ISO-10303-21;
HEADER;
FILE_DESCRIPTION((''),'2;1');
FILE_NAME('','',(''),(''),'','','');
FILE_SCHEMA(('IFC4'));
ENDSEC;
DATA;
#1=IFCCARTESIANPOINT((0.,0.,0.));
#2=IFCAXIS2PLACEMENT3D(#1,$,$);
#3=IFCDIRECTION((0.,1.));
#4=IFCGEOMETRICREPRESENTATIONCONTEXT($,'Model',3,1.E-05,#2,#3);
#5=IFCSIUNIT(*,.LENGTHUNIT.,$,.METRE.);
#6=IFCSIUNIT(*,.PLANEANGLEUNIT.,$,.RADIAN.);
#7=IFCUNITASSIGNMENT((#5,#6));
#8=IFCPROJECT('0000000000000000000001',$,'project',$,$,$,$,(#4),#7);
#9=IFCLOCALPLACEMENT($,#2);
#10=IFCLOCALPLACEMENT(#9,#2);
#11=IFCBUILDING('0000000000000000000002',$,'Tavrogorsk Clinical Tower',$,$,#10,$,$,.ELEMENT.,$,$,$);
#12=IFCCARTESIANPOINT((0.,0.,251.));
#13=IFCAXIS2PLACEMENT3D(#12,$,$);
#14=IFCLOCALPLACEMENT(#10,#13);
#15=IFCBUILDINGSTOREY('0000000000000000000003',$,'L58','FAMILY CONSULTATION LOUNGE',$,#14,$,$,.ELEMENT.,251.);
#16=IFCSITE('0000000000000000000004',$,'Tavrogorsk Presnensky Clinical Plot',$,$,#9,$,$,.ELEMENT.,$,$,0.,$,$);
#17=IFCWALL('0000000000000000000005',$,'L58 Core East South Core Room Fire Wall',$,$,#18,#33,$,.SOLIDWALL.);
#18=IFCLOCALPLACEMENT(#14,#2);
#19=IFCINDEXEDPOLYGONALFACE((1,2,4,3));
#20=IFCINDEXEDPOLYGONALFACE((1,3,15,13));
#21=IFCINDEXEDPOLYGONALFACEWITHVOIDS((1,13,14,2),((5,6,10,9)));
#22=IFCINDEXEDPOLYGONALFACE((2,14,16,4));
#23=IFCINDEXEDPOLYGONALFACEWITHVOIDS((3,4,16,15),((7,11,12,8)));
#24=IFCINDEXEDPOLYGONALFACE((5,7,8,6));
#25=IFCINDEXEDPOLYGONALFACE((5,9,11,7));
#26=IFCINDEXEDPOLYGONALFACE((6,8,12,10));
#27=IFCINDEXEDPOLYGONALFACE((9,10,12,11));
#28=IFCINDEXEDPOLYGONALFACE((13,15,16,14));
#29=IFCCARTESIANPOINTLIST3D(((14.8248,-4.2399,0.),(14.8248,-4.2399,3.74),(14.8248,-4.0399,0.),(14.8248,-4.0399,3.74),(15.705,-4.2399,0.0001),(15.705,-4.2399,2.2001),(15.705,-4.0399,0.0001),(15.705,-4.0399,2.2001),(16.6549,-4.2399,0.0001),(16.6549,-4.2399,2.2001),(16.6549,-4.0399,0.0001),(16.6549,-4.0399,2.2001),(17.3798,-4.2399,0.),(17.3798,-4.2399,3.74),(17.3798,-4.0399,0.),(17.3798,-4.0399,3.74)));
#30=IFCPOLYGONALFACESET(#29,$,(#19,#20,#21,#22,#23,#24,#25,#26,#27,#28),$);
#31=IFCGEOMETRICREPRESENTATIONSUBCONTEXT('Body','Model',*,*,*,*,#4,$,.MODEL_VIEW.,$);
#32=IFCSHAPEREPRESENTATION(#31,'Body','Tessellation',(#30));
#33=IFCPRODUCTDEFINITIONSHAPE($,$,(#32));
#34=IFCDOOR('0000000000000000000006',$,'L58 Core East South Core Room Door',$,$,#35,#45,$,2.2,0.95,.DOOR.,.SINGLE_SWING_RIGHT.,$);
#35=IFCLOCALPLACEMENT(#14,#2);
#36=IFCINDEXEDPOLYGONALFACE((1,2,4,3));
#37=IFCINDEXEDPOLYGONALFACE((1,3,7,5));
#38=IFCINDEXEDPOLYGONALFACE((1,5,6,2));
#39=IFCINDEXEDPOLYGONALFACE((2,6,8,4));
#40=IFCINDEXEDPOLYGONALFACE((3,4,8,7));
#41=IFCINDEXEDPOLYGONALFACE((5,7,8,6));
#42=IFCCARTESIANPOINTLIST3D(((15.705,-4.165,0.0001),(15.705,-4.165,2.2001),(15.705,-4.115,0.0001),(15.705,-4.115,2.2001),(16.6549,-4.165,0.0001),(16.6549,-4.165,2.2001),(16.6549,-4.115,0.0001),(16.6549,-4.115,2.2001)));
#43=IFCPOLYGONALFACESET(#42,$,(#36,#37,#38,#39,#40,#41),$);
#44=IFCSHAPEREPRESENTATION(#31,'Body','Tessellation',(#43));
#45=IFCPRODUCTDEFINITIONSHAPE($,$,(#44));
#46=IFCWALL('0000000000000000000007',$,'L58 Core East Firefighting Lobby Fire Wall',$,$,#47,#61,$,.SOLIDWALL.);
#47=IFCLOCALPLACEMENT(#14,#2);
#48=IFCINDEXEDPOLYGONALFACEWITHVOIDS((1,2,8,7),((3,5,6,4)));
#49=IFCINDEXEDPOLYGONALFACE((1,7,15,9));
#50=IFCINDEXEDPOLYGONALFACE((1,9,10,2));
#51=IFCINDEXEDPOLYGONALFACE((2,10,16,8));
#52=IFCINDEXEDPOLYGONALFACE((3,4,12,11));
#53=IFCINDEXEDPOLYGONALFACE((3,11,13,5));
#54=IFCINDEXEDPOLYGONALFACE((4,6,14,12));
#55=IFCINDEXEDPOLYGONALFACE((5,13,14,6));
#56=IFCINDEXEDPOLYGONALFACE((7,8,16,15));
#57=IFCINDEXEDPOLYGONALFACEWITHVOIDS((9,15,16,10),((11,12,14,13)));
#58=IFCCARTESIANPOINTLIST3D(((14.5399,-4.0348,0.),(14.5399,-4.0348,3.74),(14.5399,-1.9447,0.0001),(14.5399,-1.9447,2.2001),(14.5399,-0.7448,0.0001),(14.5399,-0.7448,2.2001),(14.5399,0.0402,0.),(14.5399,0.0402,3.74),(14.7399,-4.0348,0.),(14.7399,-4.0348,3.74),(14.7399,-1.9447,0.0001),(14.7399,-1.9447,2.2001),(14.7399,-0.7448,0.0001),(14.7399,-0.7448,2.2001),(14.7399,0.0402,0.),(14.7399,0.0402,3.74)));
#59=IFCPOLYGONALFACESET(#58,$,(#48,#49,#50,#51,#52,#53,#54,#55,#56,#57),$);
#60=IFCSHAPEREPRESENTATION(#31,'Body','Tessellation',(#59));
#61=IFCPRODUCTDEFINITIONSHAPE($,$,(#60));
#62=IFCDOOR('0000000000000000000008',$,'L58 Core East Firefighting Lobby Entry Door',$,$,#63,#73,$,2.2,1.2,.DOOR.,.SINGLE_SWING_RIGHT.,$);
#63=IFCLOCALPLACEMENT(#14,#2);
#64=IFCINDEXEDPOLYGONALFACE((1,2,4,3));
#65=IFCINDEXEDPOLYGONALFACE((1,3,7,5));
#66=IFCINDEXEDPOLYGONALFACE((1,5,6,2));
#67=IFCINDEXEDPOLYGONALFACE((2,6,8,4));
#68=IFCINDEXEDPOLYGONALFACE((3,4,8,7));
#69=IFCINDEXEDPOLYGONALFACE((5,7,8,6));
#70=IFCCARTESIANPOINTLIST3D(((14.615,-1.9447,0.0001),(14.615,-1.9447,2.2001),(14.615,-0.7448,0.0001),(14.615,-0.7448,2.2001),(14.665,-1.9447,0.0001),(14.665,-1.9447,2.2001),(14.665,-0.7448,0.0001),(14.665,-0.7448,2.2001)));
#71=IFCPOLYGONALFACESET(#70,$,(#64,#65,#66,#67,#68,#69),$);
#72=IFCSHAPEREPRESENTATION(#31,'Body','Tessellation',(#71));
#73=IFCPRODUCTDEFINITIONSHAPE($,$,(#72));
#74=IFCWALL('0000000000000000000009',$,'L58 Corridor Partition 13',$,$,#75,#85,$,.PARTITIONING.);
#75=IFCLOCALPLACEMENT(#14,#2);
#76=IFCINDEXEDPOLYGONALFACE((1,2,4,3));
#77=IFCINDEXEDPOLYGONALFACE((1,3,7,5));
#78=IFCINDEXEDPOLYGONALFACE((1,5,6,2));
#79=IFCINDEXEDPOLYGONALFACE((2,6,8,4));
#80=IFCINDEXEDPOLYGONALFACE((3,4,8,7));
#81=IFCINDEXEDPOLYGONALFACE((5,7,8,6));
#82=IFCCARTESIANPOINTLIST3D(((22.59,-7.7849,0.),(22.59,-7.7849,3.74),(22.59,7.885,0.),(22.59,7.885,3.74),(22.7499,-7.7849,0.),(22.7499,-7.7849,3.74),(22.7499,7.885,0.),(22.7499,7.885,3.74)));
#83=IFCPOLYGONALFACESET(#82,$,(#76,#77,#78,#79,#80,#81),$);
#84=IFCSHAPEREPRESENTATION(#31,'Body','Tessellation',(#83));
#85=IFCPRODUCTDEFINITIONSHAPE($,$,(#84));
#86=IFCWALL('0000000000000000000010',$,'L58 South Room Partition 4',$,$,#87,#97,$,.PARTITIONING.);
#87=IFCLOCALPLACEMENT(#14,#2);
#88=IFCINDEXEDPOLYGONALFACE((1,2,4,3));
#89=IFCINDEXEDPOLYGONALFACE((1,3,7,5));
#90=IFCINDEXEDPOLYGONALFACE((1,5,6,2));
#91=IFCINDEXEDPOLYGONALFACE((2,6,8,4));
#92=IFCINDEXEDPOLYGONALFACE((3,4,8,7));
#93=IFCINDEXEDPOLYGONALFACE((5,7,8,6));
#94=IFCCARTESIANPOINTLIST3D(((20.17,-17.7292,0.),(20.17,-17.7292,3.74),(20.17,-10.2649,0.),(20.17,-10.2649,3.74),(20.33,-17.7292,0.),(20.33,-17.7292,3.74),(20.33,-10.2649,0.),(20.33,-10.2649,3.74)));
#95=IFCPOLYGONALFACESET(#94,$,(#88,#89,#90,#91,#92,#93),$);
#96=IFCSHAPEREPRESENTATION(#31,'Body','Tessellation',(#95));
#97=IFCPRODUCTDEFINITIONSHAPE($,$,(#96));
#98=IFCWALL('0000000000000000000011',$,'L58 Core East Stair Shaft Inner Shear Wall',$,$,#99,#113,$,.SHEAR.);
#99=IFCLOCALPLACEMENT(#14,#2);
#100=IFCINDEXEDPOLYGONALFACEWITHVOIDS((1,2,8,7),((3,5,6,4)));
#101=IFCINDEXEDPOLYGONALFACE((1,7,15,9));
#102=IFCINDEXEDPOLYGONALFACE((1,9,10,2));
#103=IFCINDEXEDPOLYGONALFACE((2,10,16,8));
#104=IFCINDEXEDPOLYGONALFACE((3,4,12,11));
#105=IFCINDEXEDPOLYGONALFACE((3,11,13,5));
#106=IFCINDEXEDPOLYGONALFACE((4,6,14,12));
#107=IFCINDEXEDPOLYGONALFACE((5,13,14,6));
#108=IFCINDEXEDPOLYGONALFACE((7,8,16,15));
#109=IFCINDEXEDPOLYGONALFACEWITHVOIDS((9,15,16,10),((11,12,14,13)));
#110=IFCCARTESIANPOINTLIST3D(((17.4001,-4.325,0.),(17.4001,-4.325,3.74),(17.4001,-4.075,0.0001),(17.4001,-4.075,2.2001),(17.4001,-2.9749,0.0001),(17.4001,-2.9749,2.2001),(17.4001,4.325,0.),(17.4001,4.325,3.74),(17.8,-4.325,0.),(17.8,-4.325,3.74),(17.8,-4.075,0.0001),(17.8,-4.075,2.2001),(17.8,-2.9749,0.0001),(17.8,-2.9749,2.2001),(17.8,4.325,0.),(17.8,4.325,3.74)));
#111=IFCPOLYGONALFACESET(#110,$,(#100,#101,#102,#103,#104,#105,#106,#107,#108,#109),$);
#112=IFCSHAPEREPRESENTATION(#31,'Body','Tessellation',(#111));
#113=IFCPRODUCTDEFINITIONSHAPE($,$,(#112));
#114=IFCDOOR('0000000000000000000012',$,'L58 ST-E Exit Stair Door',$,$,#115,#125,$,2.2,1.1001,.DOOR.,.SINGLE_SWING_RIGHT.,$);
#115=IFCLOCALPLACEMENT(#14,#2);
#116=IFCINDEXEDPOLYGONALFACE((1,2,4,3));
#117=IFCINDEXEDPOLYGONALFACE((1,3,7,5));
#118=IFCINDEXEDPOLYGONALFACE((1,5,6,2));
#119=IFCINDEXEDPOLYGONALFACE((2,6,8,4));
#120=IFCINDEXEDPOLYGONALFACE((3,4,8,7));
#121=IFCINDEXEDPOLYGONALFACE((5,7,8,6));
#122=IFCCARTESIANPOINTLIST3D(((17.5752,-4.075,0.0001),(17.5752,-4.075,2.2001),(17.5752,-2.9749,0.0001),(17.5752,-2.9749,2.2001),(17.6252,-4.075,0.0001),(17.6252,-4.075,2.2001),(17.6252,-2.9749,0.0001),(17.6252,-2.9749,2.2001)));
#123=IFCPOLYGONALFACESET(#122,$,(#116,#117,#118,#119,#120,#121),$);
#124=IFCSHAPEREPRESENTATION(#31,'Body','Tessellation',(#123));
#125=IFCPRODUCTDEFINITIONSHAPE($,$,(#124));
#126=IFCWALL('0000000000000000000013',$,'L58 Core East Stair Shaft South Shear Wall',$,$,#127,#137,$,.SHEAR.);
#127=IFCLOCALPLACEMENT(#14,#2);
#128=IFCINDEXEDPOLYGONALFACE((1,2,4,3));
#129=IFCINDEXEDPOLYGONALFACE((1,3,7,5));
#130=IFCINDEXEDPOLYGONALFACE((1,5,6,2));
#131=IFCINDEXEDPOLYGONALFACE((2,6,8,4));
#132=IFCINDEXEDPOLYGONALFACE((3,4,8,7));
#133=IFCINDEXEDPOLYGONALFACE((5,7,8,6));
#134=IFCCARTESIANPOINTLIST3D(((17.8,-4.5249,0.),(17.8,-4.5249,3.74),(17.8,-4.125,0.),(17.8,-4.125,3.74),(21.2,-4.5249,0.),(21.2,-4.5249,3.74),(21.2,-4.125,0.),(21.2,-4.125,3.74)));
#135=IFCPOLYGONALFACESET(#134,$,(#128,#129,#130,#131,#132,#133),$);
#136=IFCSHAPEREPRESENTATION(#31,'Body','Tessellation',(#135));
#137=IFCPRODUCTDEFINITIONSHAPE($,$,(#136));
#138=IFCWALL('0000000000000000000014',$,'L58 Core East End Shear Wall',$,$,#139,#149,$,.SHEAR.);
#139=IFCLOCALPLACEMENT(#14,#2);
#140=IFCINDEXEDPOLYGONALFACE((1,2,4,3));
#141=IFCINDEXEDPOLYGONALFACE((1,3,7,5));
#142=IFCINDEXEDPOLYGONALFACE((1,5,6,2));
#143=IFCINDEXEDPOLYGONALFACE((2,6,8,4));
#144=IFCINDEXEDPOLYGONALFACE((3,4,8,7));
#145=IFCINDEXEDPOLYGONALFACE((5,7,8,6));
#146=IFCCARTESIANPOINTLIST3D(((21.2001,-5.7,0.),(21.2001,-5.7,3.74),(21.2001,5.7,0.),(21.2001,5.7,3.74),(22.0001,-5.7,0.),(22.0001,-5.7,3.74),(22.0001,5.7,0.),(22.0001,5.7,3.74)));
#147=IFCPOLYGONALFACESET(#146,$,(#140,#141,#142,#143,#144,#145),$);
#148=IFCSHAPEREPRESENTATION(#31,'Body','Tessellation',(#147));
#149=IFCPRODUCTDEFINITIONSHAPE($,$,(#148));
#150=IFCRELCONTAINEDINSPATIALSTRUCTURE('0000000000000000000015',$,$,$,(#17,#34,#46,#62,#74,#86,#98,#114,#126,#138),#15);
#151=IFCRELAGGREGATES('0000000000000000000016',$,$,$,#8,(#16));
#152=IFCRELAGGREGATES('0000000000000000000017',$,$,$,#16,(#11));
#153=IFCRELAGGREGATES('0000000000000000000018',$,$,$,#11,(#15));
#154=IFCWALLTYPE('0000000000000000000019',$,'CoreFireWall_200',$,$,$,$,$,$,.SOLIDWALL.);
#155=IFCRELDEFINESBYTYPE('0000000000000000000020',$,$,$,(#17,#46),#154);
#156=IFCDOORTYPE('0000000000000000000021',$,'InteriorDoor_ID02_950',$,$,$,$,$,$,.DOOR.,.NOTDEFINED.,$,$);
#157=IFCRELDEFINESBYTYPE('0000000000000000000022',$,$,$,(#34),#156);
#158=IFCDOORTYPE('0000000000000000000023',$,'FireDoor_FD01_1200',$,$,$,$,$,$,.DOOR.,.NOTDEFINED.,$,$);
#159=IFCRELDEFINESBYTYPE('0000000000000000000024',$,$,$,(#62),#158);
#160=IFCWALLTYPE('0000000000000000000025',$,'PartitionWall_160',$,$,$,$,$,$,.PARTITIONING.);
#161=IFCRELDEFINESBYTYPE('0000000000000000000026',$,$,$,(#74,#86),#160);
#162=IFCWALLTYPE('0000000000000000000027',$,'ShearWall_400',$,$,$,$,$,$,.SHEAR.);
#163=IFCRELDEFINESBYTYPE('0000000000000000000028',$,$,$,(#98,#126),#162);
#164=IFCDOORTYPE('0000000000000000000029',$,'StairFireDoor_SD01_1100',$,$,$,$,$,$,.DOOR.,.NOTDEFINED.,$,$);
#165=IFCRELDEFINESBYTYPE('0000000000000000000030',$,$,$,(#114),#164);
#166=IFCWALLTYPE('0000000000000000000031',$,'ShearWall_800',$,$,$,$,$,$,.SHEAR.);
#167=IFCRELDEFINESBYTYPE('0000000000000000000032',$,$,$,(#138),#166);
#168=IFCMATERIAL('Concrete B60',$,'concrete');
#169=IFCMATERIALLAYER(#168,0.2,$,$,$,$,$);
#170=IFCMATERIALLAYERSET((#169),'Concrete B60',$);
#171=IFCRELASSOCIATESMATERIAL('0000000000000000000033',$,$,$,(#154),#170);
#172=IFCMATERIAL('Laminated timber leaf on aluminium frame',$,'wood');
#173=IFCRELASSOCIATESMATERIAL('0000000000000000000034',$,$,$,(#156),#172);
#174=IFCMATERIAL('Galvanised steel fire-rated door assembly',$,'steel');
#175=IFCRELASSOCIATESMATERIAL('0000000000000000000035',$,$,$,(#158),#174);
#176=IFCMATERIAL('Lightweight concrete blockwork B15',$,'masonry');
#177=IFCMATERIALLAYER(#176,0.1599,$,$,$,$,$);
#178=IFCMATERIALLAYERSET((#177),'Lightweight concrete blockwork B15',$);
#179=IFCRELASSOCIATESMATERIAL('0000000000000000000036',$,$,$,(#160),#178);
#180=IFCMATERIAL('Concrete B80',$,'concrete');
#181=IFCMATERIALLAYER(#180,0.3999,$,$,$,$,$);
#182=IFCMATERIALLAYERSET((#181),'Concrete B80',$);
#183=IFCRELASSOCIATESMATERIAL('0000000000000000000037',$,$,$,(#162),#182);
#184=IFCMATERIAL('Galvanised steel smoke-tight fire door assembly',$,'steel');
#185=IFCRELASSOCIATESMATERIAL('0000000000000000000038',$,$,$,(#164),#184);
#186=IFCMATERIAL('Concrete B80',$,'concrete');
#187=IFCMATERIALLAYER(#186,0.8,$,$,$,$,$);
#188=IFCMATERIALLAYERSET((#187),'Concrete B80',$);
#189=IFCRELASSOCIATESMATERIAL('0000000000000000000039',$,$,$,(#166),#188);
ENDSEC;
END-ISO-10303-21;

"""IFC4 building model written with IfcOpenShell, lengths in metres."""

from ifc_helpers import new_model, si_unit, direction, frame, frame_2d, origin, place, context, subcontext, project, spatial, rectangle, extrude, material, layer, layer_set, type_object, element, fill, save


model = new_model("IFC4")

# Units and contexts
model_context = context("Model", 3, precision=1e-05, world=origin(), true_north=direction((0.0, 1.0)))
body_context = subcontext(model_context, "Body", "Model", "MODEL_VIEW")
ifc_project = project(units=[si_unit("LENGTHUNIT", "METRE"), si_unit("PLANEANGLEUNIT", "RADIAN")], contexts=[model_context])

# Site, building, storey
site_placement = place(None, origin())
site = spatial("IfcSite", under=ifc_project, at=site_placement, Name="Tavrogorsk Presnensky Clinical Plot", CompositionType="ELEMENT", RefElevation=0.0)
building_placement = place(site_placement, origin())
building = spatial("IfcBuilding", under=site, at=building_placement, Name="Tavrogorsk Clinical Tower", CompositionType="ELEMENT")
storey_placement = place(building_placement, frame((0.0, 0.0, 251.0)))
storey = spatial("IfcBuildingStorey", under=building, at=storey_placement, Name="L58", Description="FAMILY CONSULTATION LOUNGE", CompositionType="ELEMENT", Elevation=251.0)

# Walls, openings, doors
ifc_material_1 = material(Name="Concrete B60", Category="concrete")
ifc_layer_1 = layer(ifc_material_1, 0.2)
ifc_layer_set_1 = layer_set([ifc_layer_1], Name="Concrete B60")
wall_type_1 = type_object("IfcWallType", Name="CoreFireWall_200", PredefinedType="SOLIDWALL", material=ifc_layer_set_1)
wall_1_placement = place(storey_placement, frame((14.825, -4.1399, 0.0), z_axis=(0.0, 0.0, 1.0), x_axis=(1.0, 0.0, 0.0)))
wall_1 = element("IfcWall", 1, at=wall_1_placement, inside=storey, type_object=wall_type_1, Name="L58 Core East South Core Room Fire Wall", PredefinedType="SOLIDWALL", context=body_context, shape_type="SweptSolid", body=[
    extrude(rectangle(XDim=2.5549, YDim=0.2, at=frame_2d((1.2773, 0.0))), origin(), (0.0, 0.0, 1.0), 3.74),
])
opening_1_placement = place(wall_1_placement, frame((0.8799, 0.0, 0.0)))
opening_1 = element("IfcOpeningElement", 2, at=opening_1_placement, cuts=wall_1, PredefinedType="OPENING", context=body_context, shape_type="SweptSolid", body=[
    extrude(rectangle(XDim=0.95, YDim=2.2, at=frame_2d((0.4751, 1.1001))), frame((0.0, 0.1099, 0.0), z_axis=(0.0, -1.0, 0.0), x_axis=(1.0, 0.0, 0.0)), (0.0, 0.0, 1.0), 0.22),
])
ifc_material_2 = material(Name="Laminated timber leaf on aluminium frame", Category="wood")
door_type_1 = type_object("IfcDoorType", Name="InteriorDoor_ID02_950", OperationType="NOTDEFINED", PredefinedType="DOOR", material=ifc_material_2)
door_1_placement = place(opening_1_placement, origin())
door_1 = element("IfcDoor", 3, at=door_1_placement, inside=storey, type_object=door_type_1, Name="L58 Core East South Core Room Door", OperationType="SINGLE_SWING_RIGHT", OverallHeight=2.2, OverallWidth=0.95, PredefinedType="DOOR", context=body_context, shape_type="SweptSolid", body=[
    extrude(rectangle(XDim=0.95, YDim=2.2, at=frame_2d((0.4751, 1.1001))), frame((0.0, 0.0249, 0.0), z_axis=(0.0, -1.0, 0.0), x_axis=(1.0, 0.0, 0.0)), (0.0, 0.0, 1.0), 0.05),
])
fill(opening_1, door_1)
wall_2_placement = place(storey_placement, frame((14.6399, -4.0349, 0.0), z_axis=(0.0, 0.0, 1.0), x_axis=(0.0, 1.0, 0.0)))
wall_2 = element("IfcWall", 4, at=wall_2_placement, inside=storey, type_object=wall_type_1, Name="L58 Core East Firefighting Lobby Fire Wall", PredefinedType="SOLIDWALL", context=body_context, shape_type="SweptSolid", body=[
    extrude(rectangle(XDim=4.075, YDim=0.2, at=frame_2d((2.0376, 0.0))), origin(), (0.0, 0.0, 1.0), 3.74),
])
opening_2_placement = place(wall_2_placement, frame((2.0901, 0.0, 0.0)))
opening_2 = element("IfcOpeningElement", 5, at=opening_2_placement, cuts=wall_2, PredefinedType="OPENING", context=body_context, shape_type="SweptSolid", body=[
    extrude(rectangle(XDim=1.2, YDim=2.2, at=frame_2d((0.6001, 1.1001))), frame((0.0, 0.1099, 0.0), z_axis=(0.0, -1.0, 0.0), x_axis=(1.0, 0.0, 0.0)), (0.0, 0.0, 1.0), 0.22),
])
ifc_material_3 = material(Name="Galvanised steel fire-rated door assembly", Category="steel")
door_type_2 = type_object("IfcDoorType", Name="FireDoor_FD01_1200", OperationType="NOTDEFINED", PredefinedType="DOOR", material=ifc_material_3)
door_2_placement = place(opening_2_placement, origin())
door_2 = element("IfcDoor", 6, at=door_2_placement, inside=storey, type_object=door_type_2, Name="L58 Core East Firefighting Lobby Entry Door", OperationType="SINGLE_SWING_RIGHT", OverallHeight=2.2, OverallWidth=1.2, PredefinedType="DOOR", context=body_context, shape_type="SweptSolid", body=[
    extrude(rectangle(XDim=1.2, YDim=2.2, at=frame_2d((0.6001, 1.1001))), frame((0.0, 0.0249, 0.0), z_axis=(0.0, -1.0, 0.0), x_axis=(1.0, 0.0, 0.0)), (0.0, 0.0, 1.0), 0.05),
])
fill(opening_2, door_2)

# Walls
ifc_material_4 = material(Name="Lightweight concrete blockwork B15", Category="masonry")
ifc_layer_2 = layer(ifc_material_4, 0.1599)
ifc_layer_set_2 = layer_set([ifc_layer_2], Name="Lightweight concrete blockwork B15")
wall_type_2 = type_object("IfcWallType", Name="PartitionWall_160", PredefinedType="PARTITIONING", material=ifc_layer_set_2)
wall_3_placement = place(storey_placement, frame((22.6699, -7.7849, 0.0), z_axis=(0.0, 0.0, 1.0), x_axis=(0.0, 1.0, 0.0)))
element("IfcWall", 7, at=wall_3_placement, inside=storey, type_object=wall_type_2, Name="L58 Corridor Partition 13", PredefinedType="PARTITIONING", context=body_context, shape_type="SweptSolid", body=[
    extrude(rectangle(XDim=15.6699, YDim=0.1599, at=frame_2d((7.835, 0.0))), origin(), (0.0, 0.0, 1.0), 3.74),
])
wall_4_placement = place(storey_placement, frame((20.25, -17.7292, 0.0), z_axis=(0.0, 0.0, 1.0), x_axis=(0.0, 1.0, 0.0)))
element("IfcWall", 8, at=wall_4_placement, inside=storey, type_object=wall_type_2, Name="L58 South Room Partition 4", PredefinedType="PARTITIONING", context=body_context, shape_type="SweptSolid", body=[
    extrude(rectangle(XDim=7.4644, YDim=0.1599, at=frame_2d((3.7322, 0.0))), origin(), (0.0, 0.0, 1.0), 3.74),
])

# Wall, opening, door
ifc_material_5 = material(Name="Concrete B80", Category="concrete")
ifc_layer_3 = layer(ifc_material_5, 0.3999)
ifc_layer_set_3 = layer_set([ifc_layer_3], Name="Concrete B80")
wall_type_3 = type_object("IfcWallType", Name="ShearWall_400", PredefinedType="SHEAR", material=ifc_layer_set_3)
wall_5_placement = place(storey_placement, frame((17.6001, -4.325, 0.0), z_axis=(0.0, 0.0, 1.0), x_axis=(0.0, 1.0, 0.0)))
wall_5 = element("IfcWall", 9, at=wall_5_placement, inside=storey, type_object=wall_type_3, Name="L58 Core East Stair Shaft Inner Shear Wall", PredefinedType="SHEAR", context=body_context, shape_type="SweptSolid", body=[
    extrude(rectangle(XDim=8.6499, YDim=0.3999, at=frame_2d((4.325, 0.0))), origin(), (0.0, 0.0, 1.0), 3.74),
])
opening_3_placement = place(wall_5_placement, frame((0.25, 0.0, 0.0)))
opening_3 = element("IfcOpeningElement", 10, at=opening_3_placement, cuts=wall_5, PredefinedType="OPENING", context=body_context, shape_type="SweptSolid", body=[
    extrude(rectangle(XDim=1.1001, YDim=2.2, at=frame_2d((0.55, 1.1001))), frame((0.0, 0.21, 0.0), z_axis=(0.0, -1.0, 0.0), x_axis=(1.0, 0.0, 0.0)), (0.0, 0.0, 1.0), 0.4199),
])
ifc_material_6 = material(Name="Galvanised steel smoke-tight fire door assembly", Category="steel")
door_type_3 = type_object("IfcDoorType", Name="StairFireDoor_SD01_1100", OperationType="NOTDEFINED", PredefinedType="DOOR", material=ifc_material_6)
door_3_placement = place(opening_3_placement, origin())
door_3 = element("IfcDoor", 11, at=door_3_placement, inside=storey, type_object=door_type_3, Name="L58 ST-E Exit Stair Door", OperationType="SINGLE_SWING_RIGHT", OverallHeight=2.2, OverallWidth=1.1001, PredefinedType="DOOR", context=body_context, shape_type="SweptSolid", body=[
    extrude(rectangle(XDim=1.1001, YDim=2.2, at=frame_2d((0.55, 1.1001))), frame((0.0, 0.0249, 0.0), z_axis=(0.0, -1.0, 0.0), x_axis=(1.0, 0.0, 0.0)), (0.0, 0.0, 1.0), 0.05),
])
fill(opening_3, door_3)

# Walls
wall_6_placement = place(storey_placement, frame((17.8, -4.325, 0.0), z_axis=(0.0, 0.0, 1.0), x_axis=(1.0, 0.0, 0.0)))
element("IfcWall", 12, at=wall_6_placement, inside=storey, type_object=wall_type_3, Name="L58 Core East Stair Shaft South Shear Wall", PredefinedType="SHEAR", context=body_context, shape_type="SweptSolid", body=[
    extrude(rectangle(XDim=3.3999, YDim=0.3999, at=frame_2d((1.7, 0.0))), origin(), (0.0, 0.0, 1.0), 3.74),
])
ifc_material_7 = material(Name="Concrete B80", Category="concrete")
ifc_layer_4 = layer(ifc_material_7, 0.8)
ifc_layer_set_4 = layer_set([ifc_layer_4], Name="Concrete B80")
wall_type_4 = type_object("IfcWallType", Name="ShearWall_800", PredefinedType="SHEAR", material=ifc_layer_set_4)
wall_7_placement = place(storey_placement, frame((21.6001, -5.7, 0.0), z_axis=(0.0, 0.0, 1.0), x_axis=(0.0, 1.0, 0.0)))
element("IfcWall", 13, at=wall_7_placement, inside=storey, type_object=wall_type_4, Name="L58 Core East End Shear Wall", PredefinedType="SHEAR", context=body_context, shape_type="SweptSolid", body=[
    extrude(rectangle(XDim=11.3999, YDim=0.8, at=frame_2d((5.7, 0.0))), origin(), (0.0, 0.0, 1.0), 3.74),
])

save(model, "model.ifc")
